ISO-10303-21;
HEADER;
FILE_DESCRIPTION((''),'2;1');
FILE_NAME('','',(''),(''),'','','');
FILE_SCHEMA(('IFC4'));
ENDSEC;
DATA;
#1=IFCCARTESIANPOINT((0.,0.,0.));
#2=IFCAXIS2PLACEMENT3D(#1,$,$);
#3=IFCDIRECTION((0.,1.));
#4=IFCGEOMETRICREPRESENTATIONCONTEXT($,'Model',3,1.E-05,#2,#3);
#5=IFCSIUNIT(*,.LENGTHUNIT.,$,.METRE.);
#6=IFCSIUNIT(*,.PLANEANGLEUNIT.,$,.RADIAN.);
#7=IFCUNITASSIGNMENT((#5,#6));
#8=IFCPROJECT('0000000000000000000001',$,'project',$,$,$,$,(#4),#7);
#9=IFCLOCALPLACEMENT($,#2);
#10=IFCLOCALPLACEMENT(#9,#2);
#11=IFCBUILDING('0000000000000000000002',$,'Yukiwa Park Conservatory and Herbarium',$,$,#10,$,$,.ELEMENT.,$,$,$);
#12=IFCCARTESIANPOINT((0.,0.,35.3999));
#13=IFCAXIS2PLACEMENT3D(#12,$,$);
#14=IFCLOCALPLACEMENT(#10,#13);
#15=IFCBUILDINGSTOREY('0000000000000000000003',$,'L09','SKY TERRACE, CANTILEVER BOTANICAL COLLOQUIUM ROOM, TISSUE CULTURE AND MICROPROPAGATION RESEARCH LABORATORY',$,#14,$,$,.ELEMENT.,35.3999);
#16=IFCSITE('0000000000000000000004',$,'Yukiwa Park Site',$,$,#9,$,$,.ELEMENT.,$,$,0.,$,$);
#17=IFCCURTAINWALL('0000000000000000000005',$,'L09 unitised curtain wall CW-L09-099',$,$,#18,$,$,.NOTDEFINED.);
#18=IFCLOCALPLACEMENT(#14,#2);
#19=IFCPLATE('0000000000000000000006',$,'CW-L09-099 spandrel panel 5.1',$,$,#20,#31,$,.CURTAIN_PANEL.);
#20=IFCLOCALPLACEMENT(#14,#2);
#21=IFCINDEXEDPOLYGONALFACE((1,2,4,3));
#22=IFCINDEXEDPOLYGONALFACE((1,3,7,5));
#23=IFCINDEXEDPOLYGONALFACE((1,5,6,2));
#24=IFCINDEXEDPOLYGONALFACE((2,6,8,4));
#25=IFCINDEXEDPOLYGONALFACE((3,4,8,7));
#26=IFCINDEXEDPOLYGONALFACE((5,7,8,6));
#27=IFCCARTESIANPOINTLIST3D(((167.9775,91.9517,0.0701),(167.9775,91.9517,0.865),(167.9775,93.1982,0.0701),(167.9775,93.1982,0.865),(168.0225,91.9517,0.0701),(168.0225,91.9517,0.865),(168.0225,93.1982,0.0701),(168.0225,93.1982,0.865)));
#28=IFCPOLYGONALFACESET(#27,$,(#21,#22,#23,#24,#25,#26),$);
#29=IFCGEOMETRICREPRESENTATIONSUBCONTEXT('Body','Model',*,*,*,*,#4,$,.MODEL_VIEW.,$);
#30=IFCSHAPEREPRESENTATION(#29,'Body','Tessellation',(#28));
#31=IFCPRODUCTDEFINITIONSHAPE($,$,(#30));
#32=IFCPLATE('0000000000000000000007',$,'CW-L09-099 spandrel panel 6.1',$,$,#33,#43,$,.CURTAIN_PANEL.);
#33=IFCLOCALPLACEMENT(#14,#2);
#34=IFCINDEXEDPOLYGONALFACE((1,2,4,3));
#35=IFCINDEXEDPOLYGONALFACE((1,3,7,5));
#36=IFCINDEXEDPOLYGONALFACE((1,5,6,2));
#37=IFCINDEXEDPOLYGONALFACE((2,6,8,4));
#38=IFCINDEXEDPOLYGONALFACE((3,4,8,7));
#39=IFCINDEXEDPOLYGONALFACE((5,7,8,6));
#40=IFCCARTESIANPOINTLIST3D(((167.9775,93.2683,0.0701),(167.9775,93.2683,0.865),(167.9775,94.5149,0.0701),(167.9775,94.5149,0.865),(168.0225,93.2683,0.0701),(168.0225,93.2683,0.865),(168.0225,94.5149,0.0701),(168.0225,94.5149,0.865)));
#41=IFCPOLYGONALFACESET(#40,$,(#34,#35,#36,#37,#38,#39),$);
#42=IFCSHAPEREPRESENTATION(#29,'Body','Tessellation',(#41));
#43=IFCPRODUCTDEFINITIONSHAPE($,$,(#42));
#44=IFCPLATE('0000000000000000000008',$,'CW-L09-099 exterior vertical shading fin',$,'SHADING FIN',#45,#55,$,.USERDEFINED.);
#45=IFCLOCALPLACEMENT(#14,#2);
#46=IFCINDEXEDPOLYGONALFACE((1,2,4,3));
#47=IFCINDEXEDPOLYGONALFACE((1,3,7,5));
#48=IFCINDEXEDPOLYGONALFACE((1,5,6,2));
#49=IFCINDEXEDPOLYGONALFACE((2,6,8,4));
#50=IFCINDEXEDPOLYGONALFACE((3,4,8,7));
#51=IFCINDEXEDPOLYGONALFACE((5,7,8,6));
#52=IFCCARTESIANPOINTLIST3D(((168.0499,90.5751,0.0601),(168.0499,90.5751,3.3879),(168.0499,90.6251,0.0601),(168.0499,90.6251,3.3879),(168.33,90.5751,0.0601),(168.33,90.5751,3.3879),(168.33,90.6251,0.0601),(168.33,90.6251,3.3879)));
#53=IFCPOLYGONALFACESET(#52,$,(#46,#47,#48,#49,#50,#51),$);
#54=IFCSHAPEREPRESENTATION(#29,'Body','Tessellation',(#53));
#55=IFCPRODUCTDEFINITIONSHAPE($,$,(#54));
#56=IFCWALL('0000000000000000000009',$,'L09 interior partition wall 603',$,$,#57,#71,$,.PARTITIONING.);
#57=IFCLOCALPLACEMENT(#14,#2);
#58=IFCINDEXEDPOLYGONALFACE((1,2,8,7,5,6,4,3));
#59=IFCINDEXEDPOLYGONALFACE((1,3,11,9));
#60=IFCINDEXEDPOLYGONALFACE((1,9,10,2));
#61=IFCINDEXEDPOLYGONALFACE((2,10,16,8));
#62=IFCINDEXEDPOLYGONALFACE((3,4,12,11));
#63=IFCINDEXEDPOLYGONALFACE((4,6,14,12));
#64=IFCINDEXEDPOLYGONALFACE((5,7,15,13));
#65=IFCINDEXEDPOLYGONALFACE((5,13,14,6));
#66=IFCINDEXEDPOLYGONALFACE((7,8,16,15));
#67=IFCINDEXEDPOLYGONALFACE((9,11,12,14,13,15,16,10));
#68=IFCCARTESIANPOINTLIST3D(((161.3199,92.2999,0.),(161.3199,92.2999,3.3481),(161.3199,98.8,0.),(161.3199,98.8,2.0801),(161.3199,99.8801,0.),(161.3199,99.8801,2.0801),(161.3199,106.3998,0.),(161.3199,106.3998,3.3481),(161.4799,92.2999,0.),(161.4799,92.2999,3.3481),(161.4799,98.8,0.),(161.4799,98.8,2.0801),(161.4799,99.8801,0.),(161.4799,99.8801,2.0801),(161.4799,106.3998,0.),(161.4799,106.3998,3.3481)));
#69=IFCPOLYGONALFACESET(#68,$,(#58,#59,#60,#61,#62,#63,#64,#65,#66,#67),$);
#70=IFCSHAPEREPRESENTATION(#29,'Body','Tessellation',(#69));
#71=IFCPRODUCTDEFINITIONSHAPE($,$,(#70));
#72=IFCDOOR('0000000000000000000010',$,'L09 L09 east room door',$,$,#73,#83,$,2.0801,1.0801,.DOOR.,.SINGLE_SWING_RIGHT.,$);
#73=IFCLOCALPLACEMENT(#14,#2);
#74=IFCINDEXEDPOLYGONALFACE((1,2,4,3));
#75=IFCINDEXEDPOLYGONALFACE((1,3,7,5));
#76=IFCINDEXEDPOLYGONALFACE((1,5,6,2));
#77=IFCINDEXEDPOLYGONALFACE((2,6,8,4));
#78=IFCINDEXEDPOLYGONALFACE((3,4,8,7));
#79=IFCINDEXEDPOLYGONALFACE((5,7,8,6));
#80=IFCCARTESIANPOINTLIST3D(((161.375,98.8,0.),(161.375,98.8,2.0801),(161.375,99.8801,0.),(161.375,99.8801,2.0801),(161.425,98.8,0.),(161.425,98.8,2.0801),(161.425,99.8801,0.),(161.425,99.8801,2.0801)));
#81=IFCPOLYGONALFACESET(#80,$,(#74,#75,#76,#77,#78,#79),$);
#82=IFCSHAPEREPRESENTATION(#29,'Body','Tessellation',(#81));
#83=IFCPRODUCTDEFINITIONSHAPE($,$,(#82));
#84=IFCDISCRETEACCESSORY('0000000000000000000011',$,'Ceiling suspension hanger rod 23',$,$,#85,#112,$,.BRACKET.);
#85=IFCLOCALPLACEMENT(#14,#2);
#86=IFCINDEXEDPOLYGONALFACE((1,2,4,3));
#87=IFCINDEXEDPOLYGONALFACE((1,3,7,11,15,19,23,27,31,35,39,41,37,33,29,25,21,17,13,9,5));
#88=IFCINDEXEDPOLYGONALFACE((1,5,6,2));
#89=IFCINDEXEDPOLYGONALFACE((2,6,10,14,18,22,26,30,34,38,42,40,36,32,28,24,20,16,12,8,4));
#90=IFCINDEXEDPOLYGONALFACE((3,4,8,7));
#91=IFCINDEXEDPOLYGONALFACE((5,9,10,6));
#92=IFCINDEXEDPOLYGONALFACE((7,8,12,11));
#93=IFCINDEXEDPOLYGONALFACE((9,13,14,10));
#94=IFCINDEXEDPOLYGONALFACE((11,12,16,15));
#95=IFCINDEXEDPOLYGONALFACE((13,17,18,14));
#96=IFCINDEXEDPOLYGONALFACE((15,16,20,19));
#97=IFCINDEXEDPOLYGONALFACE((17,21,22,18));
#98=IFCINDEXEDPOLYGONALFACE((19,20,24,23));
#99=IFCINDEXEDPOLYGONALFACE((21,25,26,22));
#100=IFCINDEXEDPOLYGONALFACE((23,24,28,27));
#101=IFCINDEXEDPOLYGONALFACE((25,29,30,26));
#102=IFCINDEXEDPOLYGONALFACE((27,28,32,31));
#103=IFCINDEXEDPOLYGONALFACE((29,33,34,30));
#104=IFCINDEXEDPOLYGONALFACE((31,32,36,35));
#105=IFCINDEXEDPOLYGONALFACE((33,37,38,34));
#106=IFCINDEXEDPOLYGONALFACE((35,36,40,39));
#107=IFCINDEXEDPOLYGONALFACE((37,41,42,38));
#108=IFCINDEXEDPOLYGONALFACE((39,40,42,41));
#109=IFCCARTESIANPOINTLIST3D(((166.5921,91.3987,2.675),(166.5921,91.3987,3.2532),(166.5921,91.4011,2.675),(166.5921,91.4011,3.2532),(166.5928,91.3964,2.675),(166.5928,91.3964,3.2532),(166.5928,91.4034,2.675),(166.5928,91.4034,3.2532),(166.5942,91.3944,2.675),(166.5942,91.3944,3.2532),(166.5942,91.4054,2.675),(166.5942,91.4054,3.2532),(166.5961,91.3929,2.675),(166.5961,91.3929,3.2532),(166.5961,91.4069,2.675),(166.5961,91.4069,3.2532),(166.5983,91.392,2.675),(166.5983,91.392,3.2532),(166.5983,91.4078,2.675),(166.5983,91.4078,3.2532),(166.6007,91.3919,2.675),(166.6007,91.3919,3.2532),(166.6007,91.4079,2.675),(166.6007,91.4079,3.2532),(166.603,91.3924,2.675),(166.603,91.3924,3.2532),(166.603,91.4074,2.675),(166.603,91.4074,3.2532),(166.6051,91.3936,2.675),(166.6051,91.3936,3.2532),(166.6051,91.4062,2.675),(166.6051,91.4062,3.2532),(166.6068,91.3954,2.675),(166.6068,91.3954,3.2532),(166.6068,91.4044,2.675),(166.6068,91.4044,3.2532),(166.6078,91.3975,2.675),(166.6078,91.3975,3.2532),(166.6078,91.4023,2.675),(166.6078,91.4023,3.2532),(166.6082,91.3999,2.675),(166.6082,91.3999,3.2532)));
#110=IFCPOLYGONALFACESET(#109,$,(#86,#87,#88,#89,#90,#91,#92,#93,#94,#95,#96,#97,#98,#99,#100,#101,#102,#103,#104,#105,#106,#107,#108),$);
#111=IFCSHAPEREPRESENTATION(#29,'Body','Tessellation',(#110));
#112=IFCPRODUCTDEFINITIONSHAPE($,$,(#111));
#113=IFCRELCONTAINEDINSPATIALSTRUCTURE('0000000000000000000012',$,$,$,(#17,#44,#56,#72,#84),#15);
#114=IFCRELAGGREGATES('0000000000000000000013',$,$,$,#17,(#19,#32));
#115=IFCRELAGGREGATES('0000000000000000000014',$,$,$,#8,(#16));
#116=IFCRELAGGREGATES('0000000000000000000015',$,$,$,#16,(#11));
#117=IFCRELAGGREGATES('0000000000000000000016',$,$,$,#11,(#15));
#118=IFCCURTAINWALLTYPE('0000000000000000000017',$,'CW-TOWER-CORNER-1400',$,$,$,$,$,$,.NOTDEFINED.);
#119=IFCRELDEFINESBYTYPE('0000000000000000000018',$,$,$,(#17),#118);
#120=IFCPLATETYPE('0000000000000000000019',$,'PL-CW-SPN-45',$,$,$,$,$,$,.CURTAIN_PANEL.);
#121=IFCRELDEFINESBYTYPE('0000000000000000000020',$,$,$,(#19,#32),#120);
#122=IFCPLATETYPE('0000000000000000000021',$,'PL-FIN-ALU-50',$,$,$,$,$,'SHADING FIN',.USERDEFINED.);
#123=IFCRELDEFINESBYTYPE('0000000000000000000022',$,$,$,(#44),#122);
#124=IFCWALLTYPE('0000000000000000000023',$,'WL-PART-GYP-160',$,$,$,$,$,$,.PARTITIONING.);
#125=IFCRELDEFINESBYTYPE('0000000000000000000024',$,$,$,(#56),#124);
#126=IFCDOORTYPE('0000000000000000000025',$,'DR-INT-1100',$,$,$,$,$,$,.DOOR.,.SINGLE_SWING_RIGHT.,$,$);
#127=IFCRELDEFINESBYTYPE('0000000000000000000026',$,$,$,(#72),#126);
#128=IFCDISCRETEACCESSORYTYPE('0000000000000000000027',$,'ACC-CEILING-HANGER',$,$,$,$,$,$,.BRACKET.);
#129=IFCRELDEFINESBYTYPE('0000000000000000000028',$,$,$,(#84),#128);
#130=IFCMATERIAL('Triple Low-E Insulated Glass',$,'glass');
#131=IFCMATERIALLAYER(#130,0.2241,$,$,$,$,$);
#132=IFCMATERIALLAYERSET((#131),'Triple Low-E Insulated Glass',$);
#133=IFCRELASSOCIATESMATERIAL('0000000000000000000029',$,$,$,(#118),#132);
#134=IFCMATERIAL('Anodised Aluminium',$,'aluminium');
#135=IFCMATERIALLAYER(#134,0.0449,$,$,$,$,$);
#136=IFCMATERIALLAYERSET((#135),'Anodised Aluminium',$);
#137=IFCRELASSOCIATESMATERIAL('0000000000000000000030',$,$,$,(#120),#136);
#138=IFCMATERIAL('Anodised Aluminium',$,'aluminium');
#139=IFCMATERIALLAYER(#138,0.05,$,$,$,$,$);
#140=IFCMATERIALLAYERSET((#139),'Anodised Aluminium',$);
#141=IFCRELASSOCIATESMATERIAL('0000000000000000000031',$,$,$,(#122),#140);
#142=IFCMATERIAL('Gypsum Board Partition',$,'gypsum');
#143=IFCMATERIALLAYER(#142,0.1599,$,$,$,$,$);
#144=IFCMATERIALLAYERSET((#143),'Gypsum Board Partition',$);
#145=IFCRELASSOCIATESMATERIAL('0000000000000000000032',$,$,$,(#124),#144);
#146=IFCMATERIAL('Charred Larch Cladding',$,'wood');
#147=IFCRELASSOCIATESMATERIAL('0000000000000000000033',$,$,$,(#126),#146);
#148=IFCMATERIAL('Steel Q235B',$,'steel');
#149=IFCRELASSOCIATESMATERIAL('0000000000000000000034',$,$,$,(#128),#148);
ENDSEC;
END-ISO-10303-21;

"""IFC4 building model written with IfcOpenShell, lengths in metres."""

from ifc_helpers import new_model, si_unit, direction, frame, frame_2d, origin, origin_2d, place, context, subcontext, project, spatial, rectangle, circle, extrude, material, layer, layer_set, type_object, element, fill, aggregate, save


model = new_model("IFC4")

# Units and contexts
model_context = context("Model", 3, precision=1e-05, world=origin(), true_north=direction((0.0, 1.0)))
body_context = subcontext(model_context, "Body", "Model", "MODEL_VIEW")
ifc_project = project(units=[si_unit("LENGTHUNIT", "METRE"), si_unit("PLANEANGLEUNIT", "RADIAN")], contexts=[model_context])

# Site, building, storey
site_placement = place(None, origin())
site = spatial("IfcSite", under=ifc_project, at=site_placement, Name="Yukiwa Park Site", CompositionType="ELEMENT", RefElevation=0.0)
building_placement = place(site_placement, origin())
building = spatial("IfcBuilding", under=site, at=building_placement, Name="Yukiwa Park Conservatory and Herbarium", CompositionType="ELEMENT")
storey_placement = place(building_placement, frame((0.0, 0.0, 35.3999)))
storey = spatial("IfcBuildingStorey", under=building, at=storey_placement, Name="L09", Description="SKY TERRACE, CANTILEVER BOTANICAL COLLOQUIUM ROOM, TISSUE CULTURE AND MICROPROPAGATION RESEARCH LABORATORY", CompositionType="ELEMENT", Elevation=35.3999)

# Curtain wall, plates
ifc_material_1 = material(Name="Triple Low-E Insulated Glass", Category="glass")
ifc_layer_1 = layer(ifc_material_1, 0.2241)
ifc_layer_set_1 = layer_set([ifc_layer_1], Name="Triple Low-E Insulated Glass")
curtain_wall_type = type_object("IfcCurtainWallType", Name="CW-TOWER-CORNER-1400", PredefinedType="NOTDEFINED", material=ifc_layer_set_1)
curtain_wall_placement = place(storey_placement, origin())
curtain_wall = element("IfcCurtainWall", 1, at=curtain_wall_placement, inside=storey, type_object=curtain_wall_type, Name="L09 unitised curtain wall CW-L09-099", PredefinedType="NOTDEFINED")
ifc_material_2 = material(Name="Anodised Aluminium", Category="aluminium")
ifc_layer_2 = layer(ifc_material_2, 0.0449)
ifc_layer_set_2 = layer_set([ifc_layer_2], Name="Anodised Aluminium")
plate_type_1 = type_object("IfcPlateType", Name="PL-CW-SPN-45", PredefinedType="CURTAIN_PANEL", material=ifc_layer_set_2)
plate_1_placement = place(storey_placement, frame((168.0, 92.575, 0.0701), z_axis=(0.0, 0.0, 1.0), x_axis=(0.0, 1.0, 0.0)))
plate_1 = element("IfcPlate", 2, at=plate_1_placement, type_object=plate_type_1, Name="CW-L09-099 spandrel panel 5.1", PredefinedType="CURTAIN_PANEL", context=body_context, shape_type="SweptSolid", body=[
    extrude(rectangle(XDim=1.2466, YDim=0.0449, at=origin_2d()), origin(), (0.0, 0.0, 1.0), 0.7949),
])
plate_2_placement = place(storey_placement, frame((168.0, 93.8916, 0.0701), z_axis=(0.0, 0.0, 1.0), x_axis=(0.0, 1.0, 0.0)))
plate_2 = element("IfcPlate", 3, at=plate_2_placement, type_object=plate_type_1, Name="CW-L09-099 spandrel panel 6.1", PredefinedType="CURTAIN_PANEL", context=body_context, shape_type="SweptSolid", body=[
    extrude(rectangle(XDim=1.2466, YDim=0.0449, at=origin_2d()), origin(), (0.0, 0.0, 1.0), 0.7949),
])
aggregate(curtain_wall, [plate_1, plate_2])

# Plate
ifc_material_3 = material(Name="Anodised Aluminium", Category="aluminium")
ifc_layer_3 = layer(ifc_material_3, 0.05)
ifc_layer_set_3 = layer_set([ifc_layer_3], Name="Anodised Aluminium")
plate_type_2 = type_object("IfcPlateType", Name="PL-FIN-ALU-50", ElementType="SHADING FIN", PredefinedType="USERDEFINED", material=ifc_layer_set_3)
plate_3_placement = place(storey_placement, frame((168.1899, 90.6001, 0.0601), z_axis=(0.0, 0.0, 1.0), x_axis=(0.0, 1.0, 0.0)))
element("IfcPlate", 4, at=plate_3_placement, inside=storey, type_object=plate_type_2, Name="CW-L09-099 exterior vertical shading fin", ObjectType="SHADING FIN", PredefinedType="USERDEFINED", context=body_context, shape_type="SweptSolid", body=[
    extrude(rectangle(XDim=0.05, YDim=0.28, at=origin_2d()), origin(), (0.0, 0.0, 1.0), 3.3279),
])

# Wall, opening, door
ifc_material_4 = material(Name="Gypsum Board Partition", Category="gypsum")
ifc_layer_4 = layer(ifc_material_4, 0.1599)
ifc_layer_set_4 = layer_set([ifc_layer_4], Name="Gypsum Board Partition")
wall_type = type_object("IfcWallType", Name="WL-PART-GYP-160", PredefinedType="PARTITIONING", material=ifc_layer_set_4)
wall_placement = place(storey_placement, frame((161.3999, 92.3, 0.0), z_axis=(0.0, 0.0, 1.0), x_axis=(0.0, 1.0, 0.0)))
wall = element("IfcWall", 5, at=wall_placement, inside=storey, type_object=wall_type, Name="L09 interior partition wall 603", PredefinedType="PARTITIONING", context=body_context, shape_type="SweptSolid", body=[
    extrude(rectangle(XDim=14.0999, YDim=0.1599, at=frame_2d((7.0498, 0.0))), origin(), (0.0, 0.0, 1.0), 3.3481),
])
opening_placement = place(wall_placement, frame((6.5, 0.0, 0.0)))
opening = element("IfcOpeningElement", 6, at=opening_placement, cuts=wall, PredefinedType="OPENING", context=body_context, shape_type="SweptSolid", body=[
    extrude(rectangle(XDim=1.0801, YDim=2.0801, at=frame_2d((0.54, 1.04))), frame((0.0, 0.0898, 0.0), z_axis=(0.0, -1.0, 0.0), x_axis=(1.0, 0.0, 0.0)), (0.0, 0.0, 1.0), 0.1799),
])
ifc_material_5 = material(Name="Charred Larch Cladding", Category="wood")
door_type = type_object("IfcDoorType", Name="DR-INT-1100", OperationType="SINGLE_SWING_RIGHT", PredefinedType="DOOR", material=ifc_material_5)
door_placement = place(opening_placement, origin())
door = element("IfcDoor", 7, at=door_placement, inside=storey, type_object=door_type, Name="L09 L09 east room door", OperationType="SINGLE_SWING_RIGHT", OverallHeight=2.0801, OverallWidth=1.0801, PredefinedType="DOOR", context=body_context, shape_type="SweptSolid", body=[
    extrude(rectangle(XDim=1.0801, YDim=2.0801, at=frame_2d((0.54, 1.04))), frame((0.0, 0.0249, 0.0), z_axis=(0.0, -1.0, 0.0), x_axis=(1.0, 0.0, 0.0)), (0.0, 0.0, 1.0), 0.05),
])
fill(opening, door)

# Discrete accessory
ifc_material_6 = material(Name="Steel Q235B", Category="steel")
discrete_accessory_type = type_object("IfcDiscreteAccessoryType", Name="ACC-CEILING-HANGER", PredefinedType="BRACKET", material=ifc_material_6)
discrete_accessory_placement = place(storey_placement, frame((166.6001, 91.3999, 2.675), z_axis=(0.0, 0.0, 1.0), x_axis=(1.0, 0.0, 0.0)))
element("IfcDiscreteAccessory", 8, at=discrete_accessory_placement, inside=storey, type_object=discrete_accessory_type, Name="Ceiling suspension hanger rod 23", PredefinedType="BRACKET", context=body_context, shape_type="SweptSolid", body=[
    extrude(circle(Radius=0.0081, at=origin_2d()), origin(), (0.0, 0.0, 1.0), 0.5781),
])

save(model, "model.ifc")
